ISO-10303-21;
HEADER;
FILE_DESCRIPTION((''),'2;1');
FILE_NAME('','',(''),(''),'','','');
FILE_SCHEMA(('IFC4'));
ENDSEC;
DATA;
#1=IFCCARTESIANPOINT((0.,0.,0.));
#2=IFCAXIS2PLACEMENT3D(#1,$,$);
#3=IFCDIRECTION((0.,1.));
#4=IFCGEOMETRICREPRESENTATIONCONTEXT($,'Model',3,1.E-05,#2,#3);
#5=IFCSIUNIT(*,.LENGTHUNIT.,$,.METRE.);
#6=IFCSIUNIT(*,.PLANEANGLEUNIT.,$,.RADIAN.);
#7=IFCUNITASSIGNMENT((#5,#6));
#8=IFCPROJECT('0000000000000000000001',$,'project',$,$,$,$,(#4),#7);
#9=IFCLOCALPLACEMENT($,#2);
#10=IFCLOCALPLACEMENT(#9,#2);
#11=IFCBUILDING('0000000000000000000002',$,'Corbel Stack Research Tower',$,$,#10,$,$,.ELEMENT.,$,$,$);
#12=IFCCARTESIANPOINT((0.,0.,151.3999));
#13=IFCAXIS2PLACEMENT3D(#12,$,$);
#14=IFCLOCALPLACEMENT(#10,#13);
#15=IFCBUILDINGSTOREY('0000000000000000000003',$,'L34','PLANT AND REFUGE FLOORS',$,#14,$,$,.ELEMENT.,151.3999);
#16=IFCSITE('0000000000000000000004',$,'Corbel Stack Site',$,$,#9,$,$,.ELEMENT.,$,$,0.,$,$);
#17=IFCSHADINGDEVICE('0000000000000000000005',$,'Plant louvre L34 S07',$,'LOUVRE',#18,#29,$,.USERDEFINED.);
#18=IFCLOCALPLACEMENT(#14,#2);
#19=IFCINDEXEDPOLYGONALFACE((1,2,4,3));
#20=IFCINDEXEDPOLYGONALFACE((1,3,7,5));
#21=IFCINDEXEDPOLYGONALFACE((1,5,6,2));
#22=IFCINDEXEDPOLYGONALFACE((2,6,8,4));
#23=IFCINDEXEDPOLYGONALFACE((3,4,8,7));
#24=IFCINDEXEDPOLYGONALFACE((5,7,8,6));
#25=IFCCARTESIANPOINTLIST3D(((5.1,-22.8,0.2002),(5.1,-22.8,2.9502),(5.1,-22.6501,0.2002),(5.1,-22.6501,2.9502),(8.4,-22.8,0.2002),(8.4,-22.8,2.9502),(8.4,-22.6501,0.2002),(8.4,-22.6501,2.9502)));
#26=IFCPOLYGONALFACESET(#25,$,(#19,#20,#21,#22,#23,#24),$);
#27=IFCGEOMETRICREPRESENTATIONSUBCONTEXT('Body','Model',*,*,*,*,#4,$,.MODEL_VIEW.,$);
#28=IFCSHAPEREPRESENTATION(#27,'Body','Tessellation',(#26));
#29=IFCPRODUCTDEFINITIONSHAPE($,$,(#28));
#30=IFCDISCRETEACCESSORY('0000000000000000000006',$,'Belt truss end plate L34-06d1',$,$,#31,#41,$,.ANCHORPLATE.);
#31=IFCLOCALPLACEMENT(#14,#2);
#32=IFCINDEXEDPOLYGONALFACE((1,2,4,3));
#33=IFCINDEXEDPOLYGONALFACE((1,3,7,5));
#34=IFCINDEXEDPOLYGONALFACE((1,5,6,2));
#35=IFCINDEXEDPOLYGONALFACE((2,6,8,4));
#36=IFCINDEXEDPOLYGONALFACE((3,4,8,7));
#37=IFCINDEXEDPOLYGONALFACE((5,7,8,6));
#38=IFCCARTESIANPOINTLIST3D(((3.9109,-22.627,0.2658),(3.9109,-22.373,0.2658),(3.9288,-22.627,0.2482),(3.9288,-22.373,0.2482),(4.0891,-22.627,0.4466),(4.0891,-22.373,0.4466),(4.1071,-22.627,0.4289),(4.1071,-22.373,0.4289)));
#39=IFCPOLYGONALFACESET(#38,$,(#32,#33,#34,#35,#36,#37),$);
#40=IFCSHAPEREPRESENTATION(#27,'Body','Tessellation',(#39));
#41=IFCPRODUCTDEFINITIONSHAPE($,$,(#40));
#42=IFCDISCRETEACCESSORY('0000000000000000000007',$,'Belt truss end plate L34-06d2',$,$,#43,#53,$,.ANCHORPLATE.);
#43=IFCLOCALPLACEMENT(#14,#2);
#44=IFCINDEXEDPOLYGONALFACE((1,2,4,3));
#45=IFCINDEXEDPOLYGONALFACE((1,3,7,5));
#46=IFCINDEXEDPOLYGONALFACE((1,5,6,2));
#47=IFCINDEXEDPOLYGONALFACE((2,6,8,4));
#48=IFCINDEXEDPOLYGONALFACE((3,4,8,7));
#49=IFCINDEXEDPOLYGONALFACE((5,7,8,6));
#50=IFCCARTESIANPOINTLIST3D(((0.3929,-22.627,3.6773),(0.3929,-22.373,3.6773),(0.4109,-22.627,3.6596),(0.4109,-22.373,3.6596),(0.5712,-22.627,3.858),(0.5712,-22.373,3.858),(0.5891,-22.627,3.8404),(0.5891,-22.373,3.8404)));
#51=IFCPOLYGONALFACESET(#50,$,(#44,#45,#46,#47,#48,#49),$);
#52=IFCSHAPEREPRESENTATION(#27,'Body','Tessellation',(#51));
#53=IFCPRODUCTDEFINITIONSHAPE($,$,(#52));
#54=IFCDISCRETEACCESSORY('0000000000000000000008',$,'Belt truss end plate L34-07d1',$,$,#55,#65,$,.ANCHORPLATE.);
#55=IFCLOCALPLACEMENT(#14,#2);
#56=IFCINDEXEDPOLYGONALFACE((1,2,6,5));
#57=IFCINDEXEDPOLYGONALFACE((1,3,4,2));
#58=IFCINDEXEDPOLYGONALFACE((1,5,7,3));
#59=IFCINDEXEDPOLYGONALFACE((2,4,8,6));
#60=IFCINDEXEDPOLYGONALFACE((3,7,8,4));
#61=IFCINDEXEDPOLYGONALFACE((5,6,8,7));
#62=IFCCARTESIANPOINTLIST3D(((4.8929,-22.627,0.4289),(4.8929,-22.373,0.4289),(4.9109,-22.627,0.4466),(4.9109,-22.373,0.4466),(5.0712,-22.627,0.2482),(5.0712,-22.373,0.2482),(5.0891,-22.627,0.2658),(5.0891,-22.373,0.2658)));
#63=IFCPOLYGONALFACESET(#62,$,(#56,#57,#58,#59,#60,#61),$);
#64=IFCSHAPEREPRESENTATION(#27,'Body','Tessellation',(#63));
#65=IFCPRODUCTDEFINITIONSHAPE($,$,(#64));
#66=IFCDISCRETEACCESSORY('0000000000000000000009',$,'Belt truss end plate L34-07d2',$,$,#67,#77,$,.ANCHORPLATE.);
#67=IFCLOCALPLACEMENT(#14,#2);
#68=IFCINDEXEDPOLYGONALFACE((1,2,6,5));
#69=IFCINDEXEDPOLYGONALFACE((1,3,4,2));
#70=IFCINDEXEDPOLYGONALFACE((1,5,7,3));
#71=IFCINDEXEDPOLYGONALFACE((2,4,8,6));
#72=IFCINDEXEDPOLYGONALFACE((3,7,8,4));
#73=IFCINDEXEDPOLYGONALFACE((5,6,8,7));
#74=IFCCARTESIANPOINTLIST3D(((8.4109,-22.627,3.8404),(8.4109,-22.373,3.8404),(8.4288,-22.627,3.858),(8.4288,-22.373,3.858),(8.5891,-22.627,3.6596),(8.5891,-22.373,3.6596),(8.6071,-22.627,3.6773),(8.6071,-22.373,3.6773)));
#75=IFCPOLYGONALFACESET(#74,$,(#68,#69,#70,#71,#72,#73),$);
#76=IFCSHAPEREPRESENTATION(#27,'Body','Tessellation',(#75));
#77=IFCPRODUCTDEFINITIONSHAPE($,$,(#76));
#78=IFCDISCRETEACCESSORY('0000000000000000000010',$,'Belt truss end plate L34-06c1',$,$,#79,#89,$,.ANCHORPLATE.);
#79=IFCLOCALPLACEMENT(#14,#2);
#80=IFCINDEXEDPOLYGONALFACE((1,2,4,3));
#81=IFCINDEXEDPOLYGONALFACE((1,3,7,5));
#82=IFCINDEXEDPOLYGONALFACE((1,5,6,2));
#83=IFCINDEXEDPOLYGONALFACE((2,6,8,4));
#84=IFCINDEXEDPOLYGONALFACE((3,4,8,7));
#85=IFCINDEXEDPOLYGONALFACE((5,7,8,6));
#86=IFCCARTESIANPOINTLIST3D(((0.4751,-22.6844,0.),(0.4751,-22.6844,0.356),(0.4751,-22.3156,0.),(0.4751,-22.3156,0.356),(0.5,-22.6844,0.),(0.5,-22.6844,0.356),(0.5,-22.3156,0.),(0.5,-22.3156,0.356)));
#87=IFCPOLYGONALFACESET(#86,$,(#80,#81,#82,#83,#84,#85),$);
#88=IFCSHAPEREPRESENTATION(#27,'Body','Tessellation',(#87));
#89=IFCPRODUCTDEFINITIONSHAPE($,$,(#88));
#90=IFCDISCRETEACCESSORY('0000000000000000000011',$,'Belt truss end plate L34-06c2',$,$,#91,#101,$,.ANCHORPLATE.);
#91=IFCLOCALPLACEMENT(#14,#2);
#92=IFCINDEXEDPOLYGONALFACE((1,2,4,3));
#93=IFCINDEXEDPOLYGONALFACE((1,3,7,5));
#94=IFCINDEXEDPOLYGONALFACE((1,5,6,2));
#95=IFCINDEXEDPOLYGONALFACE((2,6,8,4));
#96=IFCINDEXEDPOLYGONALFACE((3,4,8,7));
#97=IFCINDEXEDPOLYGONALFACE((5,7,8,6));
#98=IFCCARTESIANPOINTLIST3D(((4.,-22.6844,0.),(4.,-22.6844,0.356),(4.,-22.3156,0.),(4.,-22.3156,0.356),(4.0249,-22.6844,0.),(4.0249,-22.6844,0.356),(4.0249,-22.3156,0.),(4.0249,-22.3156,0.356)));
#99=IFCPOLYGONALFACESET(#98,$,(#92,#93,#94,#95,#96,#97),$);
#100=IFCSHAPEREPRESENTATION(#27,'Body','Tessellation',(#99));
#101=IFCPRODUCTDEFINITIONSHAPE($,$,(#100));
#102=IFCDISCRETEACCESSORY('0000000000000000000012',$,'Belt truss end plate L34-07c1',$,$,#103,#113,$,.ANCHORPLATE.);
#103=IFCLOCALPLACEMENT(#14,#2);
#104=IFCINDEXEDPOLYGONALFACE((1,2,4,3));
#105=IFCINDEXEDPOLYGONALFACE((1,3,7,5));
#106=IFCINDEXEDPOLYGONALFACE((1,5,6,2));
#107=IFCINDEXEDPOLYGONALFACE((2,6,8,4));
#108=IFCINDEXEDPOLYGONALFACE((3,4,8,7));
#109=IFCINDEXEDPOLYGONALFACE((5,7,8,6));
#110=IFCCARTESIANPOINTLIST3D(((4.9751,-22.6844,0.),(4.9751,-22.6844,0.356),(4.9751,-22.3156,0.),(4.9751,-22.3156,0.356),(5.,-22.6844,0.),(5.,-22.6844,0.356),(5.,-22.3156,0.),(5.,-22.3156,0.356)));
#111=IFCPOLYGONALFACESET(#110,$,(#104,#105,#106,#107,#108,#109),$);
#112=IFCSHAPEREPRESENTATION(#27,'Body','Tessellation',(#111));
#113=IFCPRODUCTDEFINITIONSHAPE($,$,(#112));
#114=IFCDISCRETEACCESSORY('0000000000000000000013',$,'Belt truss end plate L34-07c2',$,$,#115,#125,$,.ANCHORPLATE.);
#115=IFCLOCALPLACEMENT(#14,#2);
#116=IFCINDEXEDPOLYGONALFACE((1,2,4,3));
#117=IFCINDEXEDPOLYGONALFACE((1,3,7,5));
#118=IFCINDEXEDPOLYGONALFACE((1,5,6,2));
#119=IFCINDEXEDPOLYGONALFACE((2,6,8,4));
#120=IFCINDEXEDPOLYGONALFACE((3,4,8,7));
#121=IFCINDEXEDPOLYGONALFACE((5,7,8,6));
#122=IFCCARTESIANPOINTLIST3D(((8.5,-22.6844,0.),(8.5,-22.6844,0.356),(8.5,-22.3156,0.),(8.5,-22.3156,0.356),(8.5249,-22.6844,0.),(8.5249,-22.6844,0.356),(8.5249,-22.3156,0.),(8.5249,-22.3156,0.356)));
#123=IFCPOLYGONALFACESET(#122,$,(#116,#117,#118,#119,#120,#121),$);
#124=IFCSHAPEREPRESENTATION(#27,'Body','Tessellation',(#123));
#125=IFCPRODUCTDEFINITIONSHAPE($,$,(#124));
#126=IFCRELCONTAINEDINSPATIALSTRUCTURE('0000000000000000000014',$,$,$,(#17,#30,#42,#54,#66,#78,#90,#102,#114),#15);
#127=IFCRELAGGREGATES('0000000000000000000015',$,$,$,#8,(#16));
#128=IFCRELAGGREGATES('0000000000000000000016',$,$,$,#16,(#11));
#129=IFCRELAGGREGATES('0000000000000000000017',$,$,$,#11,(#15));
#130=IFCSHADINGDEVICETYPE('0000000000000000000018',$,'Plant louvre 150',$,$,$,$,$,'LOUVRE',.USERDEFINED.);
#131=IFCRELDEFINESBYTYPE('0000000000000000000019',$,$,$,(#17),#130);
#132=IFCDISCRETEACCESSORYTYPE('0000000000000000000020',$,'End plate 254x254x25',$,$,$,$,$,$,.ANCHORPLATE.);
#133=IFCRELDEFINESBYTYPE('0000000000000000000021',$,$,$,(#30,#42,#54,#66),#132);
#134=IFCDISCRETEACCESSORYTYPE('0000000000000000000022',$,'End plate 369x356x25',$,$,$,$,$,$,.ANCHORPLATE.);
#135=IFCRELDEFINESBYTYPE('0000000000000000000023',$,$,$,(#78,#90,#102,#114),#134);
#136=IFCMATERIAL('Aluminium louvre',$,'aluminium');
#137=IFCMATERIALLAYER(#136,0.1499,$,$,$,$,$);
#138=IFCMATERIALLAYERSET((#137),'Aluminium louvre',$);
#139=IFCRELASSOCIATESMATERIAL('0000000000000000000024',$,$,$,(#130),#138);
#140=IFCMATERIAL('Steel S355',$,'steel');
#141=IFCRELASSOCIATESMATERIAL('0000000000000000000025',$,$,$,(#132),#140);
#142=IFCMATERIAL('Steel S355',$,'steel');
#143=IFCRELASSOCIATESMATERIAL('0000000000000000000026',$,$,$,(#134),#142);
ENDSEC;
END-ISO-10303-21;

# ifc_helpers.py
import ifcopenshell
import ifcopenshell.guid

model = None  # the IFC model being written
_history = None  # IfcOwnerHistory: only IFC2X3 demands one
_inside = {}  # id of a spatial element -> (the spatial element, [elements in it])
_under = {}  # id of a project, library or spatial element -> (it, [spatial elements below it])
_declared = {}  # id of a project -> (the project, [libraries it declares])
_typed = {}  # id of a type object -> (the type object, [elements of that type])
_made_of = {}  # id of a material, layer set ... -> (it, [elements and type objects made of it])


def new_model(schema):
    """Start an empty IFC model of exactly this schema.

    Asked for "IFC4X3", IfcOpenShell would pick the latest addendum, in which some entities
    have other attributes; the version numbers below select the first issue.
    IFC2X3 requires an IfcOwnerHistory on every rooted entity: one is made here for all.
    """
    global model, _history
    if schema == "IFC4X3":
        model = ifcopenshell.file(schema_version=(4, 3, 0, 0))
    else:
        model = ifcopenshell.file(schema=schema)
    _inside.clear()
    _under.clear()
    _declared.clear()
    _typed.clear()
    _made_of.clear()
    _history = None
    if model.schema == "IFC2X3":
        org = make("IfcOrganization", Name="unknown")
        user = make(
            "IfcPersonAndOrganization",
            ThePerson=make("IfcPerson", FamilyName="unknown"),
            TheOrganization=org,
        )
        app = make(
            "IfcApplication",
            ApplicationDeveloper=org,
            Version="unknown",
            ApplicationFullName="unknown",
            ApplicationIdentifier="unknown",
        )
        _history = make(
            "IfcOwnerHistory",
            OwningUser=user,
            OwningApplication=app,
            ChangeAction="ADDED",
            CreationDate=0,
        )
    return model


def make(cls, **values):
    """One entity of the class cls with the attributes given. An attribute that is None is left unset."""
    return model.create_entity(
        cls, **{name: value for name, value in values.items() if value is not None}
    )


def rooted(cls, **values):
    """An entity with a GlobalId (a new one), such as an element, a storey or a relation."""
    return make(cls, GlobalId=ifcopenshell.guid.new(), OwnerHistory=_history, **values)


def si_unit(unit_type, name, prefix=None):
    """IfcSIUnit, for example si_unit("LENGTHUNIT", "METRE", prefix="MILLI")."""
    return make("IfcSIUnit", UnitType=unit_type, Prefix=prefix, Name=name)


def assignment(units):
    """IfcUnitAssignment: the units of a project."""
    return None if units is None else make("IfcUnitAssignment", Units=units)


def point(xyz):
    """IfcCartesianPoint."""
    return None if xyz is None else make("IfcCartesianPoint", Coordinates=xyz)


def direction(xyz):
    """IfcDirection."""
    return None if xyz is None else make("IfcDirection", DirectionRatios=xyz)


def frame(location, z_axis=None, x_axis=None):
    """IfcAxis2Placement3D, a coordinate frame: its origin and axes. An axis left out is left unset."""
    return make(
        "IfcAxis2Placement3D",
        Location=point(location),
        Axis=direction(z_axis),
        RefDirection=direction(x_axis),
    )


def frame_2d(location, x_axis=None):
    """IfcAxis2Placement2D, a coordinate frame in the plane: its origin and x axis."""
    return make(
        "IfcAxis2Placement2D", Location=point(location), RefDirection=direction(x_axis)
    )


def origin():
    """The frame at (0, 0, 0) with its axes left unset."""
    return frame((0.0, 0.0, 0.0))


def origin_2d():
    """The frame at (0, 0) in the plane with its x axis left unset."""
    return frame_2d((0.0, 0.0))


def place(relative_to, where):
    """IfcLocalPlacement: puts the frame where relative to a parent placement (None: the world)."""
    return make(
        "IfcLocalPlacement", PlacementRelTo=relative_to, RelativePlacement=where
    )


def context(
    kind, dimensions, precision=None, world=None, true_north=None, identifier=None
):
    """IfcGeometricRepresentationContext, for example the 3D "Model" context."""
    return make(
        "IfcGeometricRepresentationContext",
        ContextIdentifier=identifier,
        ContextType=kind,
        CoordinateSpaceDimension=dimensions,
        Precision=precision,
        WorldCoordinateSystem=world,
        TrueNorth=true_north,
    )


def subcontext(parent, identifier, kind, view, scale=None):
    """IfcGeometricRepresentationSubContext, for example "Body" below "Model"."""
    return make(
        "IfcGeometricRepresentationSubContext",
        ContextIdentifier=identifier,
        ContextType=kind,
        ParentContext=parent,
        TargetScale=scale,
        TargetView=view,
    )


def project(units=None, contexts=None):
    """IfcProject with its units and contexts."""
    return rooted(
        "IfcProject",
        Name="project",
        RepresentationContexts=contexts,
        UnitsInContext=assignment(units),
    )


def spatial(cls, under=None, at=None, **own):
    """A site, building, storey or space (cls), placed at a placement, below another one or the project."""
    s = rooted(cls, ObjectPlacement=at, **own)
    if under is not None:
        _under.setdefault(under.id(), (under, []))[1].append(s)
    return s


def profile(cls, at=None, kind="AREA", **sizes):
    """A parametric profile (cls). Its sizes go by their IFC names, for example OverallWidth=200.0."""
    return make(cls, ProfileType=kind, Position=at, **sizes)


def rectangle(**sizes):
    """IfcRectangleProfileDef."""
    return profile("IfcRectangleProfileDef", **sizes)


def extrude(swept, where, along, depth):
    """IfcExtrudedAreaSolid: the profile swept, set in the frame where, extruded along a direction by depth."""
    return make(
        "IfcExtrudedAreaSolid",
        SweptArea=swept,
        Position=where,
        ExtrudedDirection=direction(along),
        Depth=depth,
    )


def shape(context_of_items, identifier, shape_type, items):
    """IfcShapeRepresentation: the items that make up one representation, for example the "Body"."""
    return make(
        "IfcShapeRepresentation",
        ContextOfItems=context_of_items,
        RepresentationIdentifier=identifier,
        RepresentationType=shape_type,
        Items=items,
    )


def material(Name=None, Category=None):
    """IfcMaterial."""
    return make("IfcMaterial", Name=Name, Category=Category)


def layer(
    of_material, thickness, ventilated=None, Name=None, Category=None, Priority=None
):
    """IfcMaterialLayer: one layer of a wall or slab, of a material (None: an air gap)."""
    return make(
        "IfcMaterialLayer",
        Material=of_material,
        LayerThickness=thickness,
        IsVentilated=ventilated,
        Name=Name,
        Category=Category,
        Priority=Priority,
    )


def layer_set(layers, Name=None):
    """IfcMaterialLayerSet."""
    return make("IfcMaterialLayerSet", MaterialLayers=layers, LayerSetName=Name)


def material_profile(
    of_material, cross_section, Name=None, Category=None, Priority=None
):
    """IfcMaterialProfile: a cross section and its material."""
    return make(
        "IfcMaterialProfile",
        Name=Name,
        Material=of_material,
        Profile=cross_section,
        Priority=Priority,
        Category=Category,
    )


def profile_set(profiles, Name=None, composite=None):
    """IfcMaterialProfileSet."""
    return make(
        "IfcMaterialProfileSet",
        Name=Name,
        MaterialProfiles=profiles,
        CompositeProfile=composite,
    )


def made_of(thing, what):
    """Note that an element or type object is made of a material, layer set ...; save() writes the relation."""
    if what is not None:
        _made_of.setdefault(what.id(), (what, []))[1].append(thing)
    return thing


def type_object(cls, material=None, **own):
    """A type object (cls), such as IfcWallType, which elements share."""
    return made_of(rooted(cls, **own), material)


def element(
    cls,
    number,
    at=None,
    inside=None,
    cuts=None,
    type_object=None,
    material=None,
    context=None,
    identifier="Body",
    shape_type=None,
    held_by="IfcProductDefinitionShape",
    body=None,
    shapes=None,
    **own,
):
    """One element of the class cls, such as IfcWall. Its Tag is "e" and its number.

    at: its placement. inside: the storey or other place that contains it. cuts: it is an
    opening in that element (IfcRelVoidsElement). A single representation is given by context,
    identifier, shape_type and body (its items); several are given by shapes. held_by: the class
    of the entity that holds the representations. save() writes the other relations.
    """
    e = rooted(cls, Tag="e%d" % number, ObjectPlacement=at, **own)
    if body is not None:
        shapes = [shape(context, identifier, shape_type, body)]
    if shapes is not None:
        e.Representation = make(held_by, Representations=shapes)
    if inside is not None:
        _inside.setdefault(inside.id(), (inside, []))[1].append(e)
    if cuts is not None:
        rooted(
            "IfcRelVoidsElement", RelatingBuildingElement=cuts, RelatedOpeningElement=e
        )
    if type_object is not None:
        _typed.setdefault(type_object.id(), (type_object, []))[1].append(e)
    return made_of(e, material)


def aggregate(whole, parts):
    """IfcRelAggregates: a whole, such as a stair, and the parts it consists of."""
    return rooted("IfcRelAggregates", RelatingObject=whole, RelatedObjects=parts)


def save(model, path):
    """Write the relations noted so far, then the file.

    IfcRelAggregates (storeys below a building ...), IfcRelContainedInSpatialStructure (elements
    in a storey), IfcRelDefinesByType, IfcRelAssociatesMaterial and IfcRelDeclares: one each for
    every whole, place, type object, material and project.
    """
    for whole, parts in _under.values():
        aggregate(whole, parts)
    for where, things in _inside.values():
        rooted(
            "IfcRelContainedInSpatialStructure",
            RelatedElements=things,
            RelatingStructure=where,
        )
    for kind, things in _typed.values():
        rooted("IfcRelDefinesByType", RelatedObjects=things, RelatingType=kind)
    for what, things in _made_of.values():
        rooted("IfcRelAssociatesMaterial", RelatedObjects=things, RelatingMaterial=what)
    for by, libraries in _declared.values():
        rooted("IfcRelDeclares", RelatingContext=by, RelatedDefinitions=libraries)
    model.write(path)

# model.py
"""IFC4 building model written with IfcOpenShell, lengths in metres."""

from ifc_helpers import new_model, si_unit, direction, frame, origin, origin_2d, place, context, subcontext, project, spatial, rectangle, extrude, material, layer, layer_set, material_profile, profile_set, type_object, element, save


model = new_model("IFC4")

# Units and contexts
model_context = context("Model", 3, precision=1e-05, world=origin(), true_north=direction((0.0, 1.0)))
body_context = subcontext(model_context, "Body", "Model", "MODEL_VIEW")
ifc_project = project(units=[si_unit("LENGTHUNIT", "METRE"), si_unit("PLANEANGLEUNIT", "RADIAN")], contexts=[model_context])

# Site, building, storey
site_placement = place(None, origin())
site = spatial("IfcSite", under=ifc_project, at=site_placement, Name="Corbel Stack Site", CompositionType="ELEMENT", RefElevation=0.0)
building_placement = place(site_placement, origin())
building = spatial("IfcBuilding", under=site, at=building_placement, Name="Corbel Stack Research Tower", CompositionType="ELEMENT")
storey_placement = place(building_placement, frame((0.0, 0.0, 151.3999)))
storey = spatial("IfcBuildingStorey", under=building, at=storey_placement, Name="L34", Description="PLANT AND REFUGE FLOORS", CompositionType="ELEMENT", Elevation=151.3999)

# Shading device
ifc_material_1 = material(Name="Aluminium louvre", Category="aluminium")
ifc_layer_1 = layer(ifc_material_1, 0.1499)
ifc_layer_set_1 = layer_set([ifc_layer_1], Name="Aluminium louvre")
shading_device_type = type_object("IfcShadingDeviceType", Name="Plant louvre 150", ElementType="LOUVRE", PredefinedType="USERDEFINED", material=ifc_layer_set_1)
for number, where, z_axis, x_axis, name in (
    (1, (6.75, -22.7251, 0.2002), (0.0, 0.0, 1.0), (1.0, 0.0, 0.0), "Plant louvre L34 S07"),
):
    element("IfcShadingDevice", number, at=place(storey_placement, frame(where, z_axis=z_axis, x_axis=x_axis)), inside=storey, type_object=shading_device_type, Name=name, ObjectType="LOUVRE", PredefinedType="USERDEFINED", context=body_context, shape_type="SweptSolid", body=[
        extrude(rectangle(XDim=3.3, YDim=0.1499, at=origin_2d()), origin(), (0.0, 0.0, 1.0), 2.75),
    ])

# Discrete accessories
ifc_material_2 = material(Name="Steel S355", Category="steel")
ifc_material_profile_1 = material_profile(ifc_material_2, rectangle(XDim=0.2539, YDim=0.2539, at=origin_2d()), Name="End plate 254x254x25")
ifc_profile_set_1 = profile_set([ifc_material_profile_1], Name="Steel S355")
discrete_accessory_type_1 = type_object("IfcDiscreteAccessoryType", Name="End plate 254x254x25", PredefinedType="ANCHORPLATE", material=ifc_profile_set_1)
for number, where, z_axis, x_axis, name in (
    (2, (4.0, -22.5, 0.3562), (0.711966, 0.0, -0.702213), (0.0, 1.0, 0.0), "Belt truss end plate L34-06d1"),
    (3, (0.5, -22.5, 3.75), (-0.711966, 0.0, 0.702213), (0.0, -1.0, 0.0), "Belt truss end plate L34-06d2"),
    (4, (5.0, -22.5, 0.3562), (-0.711966, 0.0, -0.702213), (0.0, -1.0, 0.0), "Belt truss end plate L34-07d1"),
    (5, (8.5, -22.5, 3.75), (0.711966, 0.0, 0.702213), (0.0, 1.0, 0.0), "Belt truss end plate L34-07d2"),
):
    element("IfcDiscreteAccessory", number, at=place(storey_placement, frame(where, z_axis=z_axis, x_axis=x_axis)), inside=storey, type_object=discrete_accessory_type_1, Name=name, PredefinedType="ANCHORPLATE", context=body_context, shape_type="SweptSolid", body=[
        extrude(rectangle(XDim=0.2539, YDim=0.2539, at=origin_2d()), origin(), (0.0, 0.0, 1.0), 0.0251),
    ])
ifc_material_3 = material(Name="Steel S355", Category="steel")
ifc_material_profile_2 = material_profile(ifc_material_3, rectangle(XDim=0.3689, YDim=0.356, at=origin_2d()), Name="End plate 369x356x25")
ifc_profile_set_2 = profile_set([ifc_material_profile_2], Name="Steel S355")
discrete_accessory_type_2 = type_object("IfcDiscreteAccessoryType", Name="End plate 369x356x25", PredefinedType="ANCHORPLATE", material=ifc_profile_set_2)
for number, where, z_axis, x_axis, name in (
    (6, (0.5, -22.5, 0.178), (-1.0, 0.0, 0.0), (0.0, -1.0, 0.0), "Belt truss end plate L34-06c1"),
    (7, (4.0, -22.5, 0.178), (1.0, 0.0, 0.0), (0.0, 1.0, 0.0), "Belt truss end plate L34-06c2"),
    (8, (5.0, -22.5, 0.178), (-1.0, 0.0, 0.0), (0.0, -1.0, 0.0), "Belt truss end plate L34-07c1"),
    (9, (8.5, -22.5, 0.178), (1.0, 0.0, 0.0), (0.0, 1.0, 0.0), "Belt truss end plate L34-07c2"),
):
    element("IfcDiscreteAccessory", number, at=place(storey_placement, frame(where, z_axis=z_axis, x_axis=x_axis)), inside=storey, type_object=discrete_accessory_type_2, Name=name, PredefinedType="ANCHORPLATE", context=body_context, shape_type="SweptSolid", body=[
        extrude(rectangle(XDim=0.3689, YDim=0.356, at=origin_2d()), origin(), (0.0, 0.0, 1.0), 0.0249),
    ])

save(model, "model.ifc")
